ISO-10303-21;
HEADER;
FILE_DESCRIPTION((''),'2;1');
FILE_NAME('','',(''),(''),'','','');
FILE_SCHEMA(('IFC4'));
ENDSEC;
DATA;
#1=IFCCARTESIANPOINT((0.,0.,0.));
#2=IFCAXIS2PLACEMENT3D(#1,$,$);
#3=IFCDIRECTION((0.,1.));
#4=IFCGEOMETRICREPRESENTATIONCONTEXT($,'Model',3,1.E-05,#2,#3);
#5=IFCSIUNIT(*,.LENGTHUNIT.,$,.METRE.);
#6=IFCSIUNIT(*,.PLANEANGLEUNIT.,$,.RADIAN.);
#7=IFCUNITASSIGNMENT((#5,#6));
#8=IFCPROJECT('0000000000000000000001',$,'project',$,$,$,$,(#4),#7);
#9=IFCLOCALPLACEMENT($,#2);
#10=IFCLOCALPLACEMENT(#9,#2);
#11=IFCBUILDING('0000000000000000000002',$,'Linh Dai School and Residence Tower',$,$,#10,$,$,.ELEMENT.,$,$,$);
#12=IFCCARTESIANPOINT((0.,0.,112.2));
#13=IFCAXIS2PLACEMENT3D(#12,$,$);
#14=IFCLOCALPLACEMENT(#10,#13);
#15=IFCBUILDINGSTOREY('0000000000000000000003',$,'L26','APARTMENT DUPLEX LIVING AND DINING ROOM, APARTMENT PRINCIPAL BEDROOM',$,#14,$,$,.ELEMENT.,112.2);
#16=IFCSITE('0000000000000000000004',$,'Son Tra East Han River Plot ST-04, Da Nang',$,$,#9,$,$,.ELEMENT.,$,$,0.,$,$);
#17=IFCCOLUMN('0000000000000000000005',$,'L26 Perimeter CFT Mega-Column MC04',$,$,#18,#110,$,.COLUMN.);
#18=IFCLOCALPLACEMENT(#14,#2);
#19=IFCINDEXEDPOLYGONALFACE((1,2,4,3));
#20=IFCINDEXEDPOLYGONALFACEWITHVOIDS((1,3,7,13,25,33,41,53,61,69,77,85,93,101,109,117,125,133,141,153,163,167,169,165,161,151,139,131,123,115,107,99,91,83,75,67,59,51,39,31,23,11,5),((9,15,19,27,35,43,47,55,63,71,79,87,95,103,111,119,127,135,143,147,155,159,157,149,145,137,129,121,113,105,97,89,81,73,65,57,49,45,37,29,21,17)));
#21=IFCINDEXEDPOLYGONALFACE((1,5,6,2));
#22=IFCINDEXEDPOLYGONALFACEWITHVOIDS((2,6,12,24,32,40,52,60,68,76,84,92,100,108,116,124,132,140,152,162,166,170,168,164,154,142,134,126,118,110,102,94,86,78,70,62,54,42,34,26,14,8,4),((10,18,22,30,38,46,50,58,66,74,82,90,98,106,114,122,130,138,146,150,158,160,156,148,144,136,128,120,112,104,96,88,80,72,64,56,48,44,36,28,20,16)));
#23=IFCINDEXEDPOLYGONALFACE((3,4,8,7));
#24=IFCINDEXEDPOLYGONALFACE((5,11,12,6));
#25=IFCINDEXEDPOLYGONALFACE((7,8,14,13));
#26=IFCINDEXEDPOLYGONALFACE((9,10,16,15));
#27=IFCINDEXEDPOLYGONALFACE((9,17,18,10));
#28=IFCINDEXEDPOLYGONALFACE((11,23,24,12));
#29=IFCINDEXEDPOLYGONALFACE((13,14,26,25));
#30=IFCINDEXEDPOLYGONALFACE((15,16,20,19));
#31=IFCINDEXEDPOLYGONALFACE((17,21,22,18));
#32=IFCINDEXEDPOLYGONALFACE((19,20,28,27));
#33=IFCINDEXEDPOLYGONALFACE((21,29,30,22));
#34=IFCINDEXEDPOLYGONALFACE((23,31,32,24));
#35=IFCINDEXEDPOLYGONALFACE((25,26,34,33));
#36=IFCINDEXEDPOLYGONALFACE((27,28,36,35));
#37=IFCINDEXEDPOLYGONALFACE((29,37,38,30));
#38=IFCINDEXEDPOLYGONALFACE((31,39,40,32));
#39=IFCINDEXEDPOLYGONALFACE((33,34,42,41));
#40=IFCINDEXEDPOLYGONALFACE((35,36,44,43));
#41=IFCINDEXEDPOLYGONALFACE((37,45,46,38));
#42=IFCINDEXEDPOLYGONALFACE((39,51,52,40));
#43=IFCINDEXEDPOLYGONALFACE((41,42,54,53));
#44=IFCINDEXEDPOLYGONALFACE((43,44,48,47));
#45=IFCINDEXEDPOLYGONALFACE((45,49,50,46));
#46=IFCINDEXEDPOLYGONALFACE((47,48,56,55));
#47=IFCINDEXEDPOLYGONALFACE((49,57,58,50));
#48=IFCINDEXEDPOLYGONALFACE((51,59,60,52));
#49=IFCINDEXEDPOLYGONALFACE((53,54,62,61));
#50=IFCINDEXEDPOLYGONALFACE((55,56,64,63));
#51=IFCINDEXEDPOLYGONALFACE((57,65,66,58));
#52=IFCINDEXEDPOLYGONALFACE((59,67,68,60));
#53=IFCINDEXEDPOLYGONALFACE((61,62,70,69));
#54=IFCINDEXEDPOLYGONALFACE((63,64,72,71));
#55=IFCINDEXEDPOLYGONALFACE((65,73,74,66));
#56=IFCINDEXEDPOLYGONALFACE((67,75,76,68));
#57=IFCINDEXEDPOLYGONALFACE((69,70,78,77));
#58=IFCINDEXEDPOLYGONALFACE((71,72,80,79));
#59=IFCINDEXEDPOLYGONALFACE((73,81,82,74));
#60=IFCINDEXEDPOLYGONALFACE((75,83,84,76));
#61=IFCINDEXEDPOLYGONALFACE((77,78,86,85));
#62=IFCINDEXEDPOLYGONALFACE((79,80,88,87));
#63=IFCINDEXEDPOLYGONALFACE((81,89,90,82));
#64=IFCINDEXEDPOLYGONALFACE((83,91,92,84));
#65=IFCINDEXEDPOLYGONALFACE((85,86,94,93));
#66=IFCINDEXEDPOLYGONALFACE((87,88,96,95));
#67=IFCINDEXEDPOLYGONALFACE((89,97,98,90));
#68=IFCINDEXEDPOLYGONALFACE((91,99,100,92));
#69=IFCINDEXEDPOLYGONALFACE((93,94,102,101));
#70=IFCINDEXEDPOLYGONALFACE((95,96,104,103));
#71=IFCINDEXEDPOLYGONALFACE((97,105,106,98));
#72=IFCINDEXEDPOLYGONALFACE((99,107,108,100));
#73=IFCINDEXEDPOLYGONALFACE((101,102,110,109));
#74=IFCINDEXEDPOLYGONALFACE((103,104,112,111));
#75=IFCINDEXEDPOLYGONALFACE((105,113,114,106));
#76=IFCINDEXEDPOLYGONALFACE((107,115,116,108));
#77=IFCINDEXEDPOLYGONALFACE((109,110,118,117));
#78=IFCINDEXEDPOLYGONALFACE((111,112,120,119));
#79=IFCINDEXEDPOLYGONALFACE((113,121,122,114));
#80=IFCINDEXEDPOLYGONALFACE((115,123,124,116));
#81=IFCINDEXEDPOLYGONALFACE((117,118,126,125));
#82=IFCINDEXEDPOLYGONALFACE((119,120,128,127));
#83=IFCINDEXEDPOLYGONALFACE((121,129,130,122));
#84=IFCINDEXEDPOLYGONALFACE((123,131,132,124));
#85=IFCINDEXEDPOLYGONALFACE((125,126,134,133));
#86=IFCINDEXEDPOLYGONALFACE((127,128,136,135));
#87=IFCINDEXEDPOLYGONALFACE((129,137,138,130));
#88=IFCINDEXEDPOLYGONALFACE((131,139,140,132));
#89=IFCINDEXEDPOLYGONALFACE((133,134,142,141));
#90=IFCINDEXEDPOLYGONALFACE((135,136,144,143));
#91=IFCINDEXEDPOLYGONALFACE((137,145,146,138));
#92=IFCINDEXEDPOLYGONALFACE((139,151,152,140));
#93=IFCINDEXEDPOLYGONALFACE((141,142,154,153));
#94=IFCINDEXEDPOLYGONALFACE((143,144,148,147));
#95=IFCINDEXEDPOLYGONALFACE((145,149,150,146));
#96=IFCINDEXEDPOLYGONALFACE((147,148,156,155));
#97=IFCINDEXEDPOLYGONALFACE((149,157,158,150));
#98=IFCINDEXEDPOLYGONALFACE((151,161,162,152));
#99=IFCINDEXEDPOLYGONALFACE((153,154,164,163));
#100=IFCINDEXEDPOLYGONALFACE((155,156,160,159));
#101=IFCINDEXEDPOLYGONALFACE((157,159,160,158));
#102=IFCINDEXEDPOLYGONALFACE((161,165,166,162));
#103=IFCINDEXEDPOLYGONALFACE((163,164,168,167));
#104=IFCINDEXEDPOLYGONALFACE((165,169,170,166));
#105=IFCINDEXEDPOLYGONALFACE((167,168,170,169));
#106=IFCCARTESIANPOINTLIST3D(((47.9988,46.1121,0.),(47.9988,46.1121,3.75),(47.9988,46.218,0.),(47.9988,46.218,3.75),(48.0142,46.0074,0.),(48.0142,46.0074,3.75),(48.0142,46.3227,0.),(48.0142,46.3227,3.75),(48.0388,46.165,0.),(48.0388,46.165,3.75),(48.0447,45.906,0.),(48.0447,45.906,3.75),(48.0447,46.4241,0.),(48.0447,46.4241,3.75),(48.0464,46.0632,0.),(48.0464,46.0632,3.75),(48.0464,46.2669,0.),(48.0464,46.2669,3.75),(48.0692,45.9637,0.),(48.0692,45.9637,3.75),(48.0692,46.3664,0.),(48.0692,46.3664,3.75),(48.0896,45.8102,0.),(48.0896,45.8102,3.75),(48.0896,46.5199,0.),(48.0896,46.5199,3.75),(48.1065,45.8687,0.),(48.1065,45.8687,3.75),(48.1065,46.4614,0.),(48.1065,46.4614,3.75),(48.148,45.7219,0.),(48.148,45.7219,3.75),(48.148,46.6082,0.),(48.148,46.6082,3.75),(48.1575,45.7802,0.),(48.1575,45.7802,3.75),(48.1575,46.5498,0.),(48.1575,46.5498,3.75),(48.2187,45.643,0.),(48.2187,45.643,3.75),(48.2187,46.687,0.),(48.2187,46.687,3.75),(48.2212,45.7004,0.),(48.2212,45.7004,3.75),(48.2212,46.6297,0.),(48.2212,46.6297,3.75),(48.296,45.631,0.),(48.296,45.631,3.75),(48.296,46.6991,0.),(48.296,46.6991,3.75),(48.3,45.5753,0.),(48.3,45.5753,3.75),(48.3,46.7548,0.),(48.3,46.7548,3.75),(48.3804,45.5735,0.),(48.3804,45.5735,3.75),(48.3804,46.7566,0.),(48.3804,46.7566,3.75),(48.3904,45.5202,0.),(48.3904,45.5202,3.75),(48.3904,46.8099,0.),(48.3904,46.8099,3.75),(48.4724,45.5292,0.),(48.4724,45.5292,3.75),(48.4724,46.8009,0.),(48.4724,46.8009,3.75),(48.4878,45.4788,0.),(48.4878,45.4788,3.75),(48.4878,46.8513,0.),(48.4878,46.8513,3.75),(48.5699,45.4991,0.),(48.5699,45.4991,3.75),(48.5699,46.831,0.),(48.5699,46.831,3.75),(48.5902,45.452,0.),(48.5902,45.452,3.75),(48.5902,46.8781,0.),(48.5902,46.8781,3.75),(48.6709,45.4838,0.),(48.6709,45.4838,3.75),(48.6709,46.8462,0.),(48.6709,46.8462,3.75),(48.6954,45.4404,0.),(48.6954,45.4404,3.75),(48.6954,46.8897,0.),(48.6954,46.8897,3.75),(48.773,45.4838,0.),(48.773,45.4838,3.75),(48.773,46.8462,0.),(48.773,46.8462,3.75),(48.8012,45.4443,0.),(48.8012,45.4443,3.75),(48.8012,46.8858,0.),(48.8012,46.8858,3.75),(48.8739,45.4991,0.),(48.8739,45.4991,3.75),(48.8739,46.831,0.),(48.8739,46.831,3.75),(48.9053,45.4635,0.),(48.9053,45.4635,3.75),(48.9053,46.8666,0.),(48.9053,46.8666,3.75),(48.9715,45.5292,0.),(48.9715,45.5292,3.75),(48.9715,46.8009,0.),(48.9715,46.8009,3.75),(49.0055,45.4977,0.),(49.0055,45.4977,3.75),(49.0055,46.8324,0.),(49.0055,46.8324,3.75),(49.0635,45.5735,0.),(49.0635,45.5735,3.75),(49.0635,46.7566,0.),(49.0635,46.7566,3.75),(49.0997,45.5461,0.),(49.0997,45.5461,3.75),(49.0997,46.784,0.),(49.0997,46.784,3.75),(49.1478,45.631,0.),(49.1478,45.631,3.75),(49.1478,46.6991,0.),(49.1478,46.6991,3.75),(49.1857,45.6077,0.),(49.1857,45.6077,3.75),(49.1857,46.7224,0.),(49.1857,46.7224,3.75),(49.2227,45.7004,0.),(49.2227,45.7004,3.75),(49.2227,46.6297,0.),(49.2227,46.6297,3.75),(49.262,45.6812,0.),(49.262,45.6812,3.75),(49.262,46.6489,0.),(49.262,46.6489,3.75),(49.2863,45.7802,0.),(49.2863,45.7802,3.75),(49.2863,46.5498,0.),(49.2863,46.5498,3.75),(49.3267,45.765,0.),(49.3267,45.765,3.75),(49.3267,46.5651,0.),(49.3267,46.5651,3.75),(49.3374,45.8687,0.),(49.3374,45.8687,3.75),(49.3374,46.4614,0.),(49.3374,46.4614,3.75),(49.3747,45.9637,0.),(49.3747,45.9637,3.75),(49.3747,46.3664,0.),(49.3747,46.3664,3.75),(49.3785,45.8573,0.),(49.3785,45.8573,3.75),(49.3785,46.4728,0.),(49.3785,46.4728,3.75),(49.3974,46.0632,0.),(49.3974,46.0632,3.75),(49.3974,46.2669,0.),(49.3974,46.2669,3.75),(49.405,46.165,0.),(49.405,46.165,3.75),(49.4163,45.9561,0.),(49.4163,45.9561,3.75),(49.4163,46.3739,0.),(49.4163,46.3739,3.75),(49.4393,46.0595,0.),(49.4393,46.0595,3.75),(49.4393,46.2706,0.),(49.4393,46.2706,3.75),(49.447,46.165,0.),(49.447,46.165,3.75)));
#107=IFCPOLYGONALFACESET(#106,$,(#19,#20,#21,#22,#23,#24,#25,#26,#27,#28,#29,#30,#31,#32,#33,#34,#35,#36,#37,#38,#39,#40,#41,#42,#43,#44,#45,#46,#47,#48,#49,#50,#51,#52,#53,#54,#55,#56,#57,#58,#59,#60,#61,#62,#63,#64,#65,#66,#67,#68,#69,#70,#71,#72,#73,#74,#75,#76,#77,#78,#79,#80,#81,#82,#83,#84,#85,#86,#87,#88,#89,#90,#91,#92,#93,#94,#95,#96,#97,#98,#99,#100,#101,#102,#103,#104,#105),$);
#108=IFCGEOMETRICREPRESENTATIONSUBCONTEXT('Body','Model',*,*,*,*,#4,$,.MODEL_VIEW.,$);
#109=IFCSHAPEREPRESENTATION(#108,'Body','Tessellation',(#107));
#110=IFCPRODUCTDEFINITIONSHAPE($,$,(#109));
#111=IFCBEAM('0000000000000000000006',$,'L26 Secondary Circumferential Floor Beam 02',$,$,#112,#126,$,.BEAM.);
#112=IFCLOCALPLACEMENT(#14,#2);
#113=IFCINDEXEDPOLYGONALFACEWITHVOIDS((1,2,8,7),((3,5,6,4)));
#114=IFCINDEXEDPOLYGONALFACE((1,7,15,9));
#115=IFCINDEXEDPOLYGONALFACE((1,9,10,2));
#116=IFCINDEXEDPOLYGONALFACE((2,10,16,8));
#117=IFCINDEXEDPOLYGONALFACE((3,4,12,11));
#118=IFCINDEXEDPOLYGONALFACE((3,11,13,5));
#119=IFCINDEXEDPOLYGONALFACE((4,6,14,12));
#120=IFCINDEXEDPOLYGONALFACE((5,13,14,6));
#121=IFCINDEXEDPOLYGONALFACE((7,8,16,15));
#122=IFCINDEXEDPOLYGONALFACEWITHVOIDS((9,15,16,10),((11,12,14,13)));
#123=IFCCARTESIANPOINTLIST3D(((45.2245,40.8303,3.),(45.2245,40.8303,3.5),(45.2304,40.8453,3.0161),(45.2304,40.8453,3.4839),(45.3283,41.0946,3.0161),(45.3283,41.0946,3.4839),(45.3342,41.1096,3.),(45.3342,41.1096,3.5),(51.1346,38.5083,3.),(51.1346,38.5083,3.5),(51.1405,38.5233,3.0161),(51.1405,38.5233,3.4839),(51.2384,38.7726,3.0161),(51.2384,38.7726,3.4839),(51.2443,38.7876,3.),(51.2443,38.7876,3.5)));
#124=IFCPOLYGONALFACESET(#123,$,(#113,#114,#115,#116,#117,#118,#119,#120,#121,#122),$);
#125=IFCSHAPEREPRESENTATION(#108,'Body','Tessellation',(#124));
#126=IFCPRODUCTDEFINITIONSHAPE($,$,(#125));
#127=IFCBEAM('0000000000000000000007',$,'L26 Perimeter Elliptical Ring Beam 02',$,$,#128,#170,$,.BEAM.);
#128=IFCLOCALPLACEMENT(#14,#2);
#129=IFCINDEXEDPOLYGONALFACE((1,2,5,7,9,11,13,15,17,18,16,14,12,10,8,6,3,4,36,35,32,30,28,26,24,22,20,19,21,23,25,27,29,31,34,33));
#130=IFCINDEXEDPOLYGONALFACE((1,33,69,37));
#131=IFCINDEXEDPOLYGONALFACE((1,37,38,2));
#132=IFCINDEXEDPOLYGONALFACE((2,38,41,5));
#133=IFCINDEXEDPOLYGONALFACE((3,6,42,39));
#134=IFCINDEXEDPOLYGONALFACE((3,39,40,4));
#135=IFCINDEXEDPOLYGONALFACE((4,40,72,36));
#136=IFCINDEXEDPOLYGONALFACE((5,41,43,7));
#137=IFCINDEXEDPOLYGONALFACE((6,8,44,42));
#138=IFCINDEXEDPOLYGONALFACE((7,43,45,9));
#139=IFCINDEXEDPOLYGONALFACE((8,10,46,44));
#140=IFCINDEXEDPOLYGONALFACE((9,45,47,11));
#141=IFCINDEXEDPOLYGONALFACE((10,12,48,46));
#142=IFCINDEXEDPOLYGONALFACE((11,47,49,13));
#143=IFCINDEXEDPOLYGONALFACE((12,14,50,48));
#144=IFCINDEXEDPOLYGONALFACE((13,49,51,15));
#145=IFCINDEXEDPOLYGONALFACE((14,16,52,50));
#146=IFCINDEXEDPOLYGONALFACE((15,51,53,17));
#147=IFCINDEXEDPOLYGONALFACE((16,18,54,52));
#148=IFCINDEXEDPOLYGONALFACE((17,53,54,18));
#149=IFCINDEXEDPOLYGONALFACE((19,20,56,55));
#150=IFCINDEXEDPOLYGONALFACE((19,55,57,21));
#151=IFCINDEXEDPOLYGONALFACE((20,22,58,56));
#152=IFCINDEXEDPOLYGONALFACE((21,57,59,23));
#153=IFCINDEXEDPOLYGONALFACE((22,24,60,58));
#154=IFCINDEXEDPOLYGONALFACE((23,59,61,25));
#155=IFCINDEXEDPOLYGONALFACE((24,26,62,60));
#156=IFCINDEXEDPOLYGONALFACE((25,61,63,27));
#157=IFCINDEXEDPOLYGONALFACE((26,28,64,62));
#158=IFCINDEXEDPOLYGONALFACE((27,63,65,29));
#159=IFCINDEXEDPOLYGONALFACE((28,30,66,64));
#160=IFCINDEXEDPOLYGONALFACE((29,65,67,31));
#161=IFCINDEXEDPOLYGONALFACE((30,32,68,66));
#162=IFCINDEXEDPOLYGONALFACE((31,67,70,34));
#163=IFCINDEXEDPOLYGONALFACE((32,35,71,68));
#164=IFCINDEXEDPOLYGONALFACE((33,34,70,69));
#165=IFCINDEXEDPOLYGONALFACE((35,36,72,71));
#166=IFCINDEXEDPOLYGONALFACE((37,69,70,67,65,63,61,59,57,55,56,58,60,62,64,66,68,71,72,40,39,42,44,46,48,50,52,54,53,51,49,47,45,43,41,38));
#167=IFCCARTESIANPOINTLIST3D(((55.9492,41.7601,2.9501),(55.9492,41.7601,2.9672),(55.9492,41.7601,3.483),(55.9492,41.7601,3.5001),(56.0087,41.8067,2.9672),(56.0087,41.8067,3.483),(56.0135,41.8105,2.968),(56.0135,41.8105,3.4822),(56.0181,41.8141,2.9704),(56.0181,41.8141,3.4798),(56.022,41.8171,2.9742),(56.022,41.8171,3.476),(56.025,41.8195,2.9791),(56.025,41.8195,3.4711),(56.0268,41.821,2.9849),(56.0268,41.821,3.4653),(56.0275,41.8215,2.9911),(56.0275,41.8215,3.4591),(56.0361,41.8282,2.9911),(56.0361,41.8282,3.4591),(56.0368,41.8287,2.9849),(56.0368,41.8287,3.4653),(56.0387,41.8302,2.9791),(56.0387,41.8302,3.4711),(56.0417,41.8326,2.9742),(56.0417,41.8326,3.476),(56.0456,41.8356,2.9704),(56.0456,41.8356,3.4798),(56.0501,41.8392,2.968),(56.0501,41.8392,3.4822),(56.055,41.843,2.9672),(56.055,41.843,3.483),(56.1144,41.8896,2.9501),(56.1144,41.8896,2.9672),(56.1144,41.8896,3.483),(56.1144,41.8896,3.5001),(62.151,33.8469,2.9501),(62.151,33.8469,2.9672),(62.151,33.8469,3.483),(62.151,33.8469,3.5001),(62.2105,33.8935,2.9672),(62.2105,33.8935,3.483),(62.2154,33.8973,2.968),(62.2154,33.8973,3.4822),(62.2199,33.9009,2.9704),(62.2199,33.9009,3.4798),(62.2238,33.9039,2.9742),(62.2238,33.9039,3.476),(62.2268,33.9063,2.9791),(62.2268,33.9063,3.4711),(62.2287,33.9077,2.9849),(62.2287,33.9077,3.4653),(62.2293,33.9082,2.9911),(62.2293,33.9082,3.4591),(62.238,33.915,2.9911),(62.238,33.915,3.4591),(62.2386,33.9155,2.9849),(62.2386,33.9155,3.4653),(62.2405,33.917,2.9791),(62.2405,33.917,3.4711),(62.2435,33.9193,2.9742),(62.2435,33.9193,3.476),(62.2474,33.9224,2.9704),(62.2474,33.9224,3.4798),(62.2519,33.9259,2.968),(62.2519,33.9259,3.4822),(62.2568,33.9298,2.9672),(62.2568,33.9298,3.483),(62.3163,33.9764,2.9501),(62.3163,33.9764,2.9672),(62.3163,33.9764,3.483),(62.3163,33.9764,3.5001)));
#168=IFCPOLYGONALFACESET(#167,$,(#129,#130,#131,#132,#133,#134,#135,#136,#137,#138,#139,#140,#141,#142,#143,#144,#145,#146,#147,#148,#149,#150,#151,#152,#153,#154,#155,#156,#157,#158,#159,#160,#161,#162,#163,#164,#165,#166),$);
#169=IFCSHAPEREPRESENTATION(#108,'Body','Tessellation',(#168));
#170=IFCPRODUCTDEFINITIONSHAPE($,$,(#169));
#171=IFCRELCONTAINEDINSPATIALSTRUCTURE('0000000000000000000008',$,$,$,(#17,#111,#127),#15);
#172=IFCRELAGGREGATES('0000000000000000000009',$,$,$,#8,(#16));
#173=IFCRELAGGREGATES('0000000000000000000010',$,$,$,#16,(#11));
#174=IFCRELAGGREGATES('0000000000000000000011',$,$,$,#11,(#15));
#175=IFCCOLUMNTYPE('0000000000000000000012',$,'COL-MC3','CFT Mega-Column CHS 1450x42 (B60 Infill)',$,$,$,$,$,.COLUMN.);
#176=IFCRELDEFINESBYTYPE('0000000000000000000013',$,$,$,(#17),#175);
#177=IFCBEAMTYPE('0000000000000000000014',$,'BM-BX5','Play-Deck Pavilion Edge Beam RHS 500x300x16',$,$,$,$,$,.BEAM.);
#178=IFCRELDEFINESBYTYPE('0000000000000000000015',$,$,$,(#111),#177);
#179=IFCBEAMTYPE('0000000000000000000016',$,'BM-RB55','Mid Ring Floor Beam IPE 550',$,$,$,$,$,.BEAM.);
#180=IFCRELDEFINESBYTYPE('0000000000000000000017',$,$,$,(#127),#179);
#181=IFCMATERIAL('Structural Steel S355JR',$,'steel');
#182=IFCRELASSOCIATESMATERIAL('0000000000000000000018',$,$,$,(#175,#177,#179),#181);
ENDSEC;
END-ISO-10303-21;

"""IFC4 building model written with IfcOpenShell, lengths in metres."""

from ifc_helpers import new_model, si_unit, direction, frame, origin, origin_2d, place, context, subcontext, project, spatial, hollow_rectangle, hollow_circle, i_section, extrude, material, material_profile, profile_set, type_object, element, save


model = new_model("IFC4")

# Units and contexts
model_context = context("Model", 3, precision=1e-05, world=origin(), true_north=direction((0.0, 1.0)))
body_context = subcontext(model_context, "Body", "Model", "MODEL_VIEW")
ifc_project = project(units=[si_unit("LENGTHUNIT", "METRE"), si_unit("PLANEANGLEUNIT", "RADIAN")], contexts=[model_context])

# Site, building, storey
site_placement = place(None, origin())
site = spatial("IfcSite", under=ifc_project, at=site_placement, Name="Son Tra East Han River Plot ST-04, Da Nang", CompositionType="ELEMENT", RefElevation=0.0)
building_placement = place(site_placement, origin())
building = spatial("IfcBuilding", under=site, at=building_placement, Name="Linh Dai School and Residence Tower", CompositionType="ELEMENT")
storey_placement = place(building_placement, frame((0.0, 0.0, 112.2)))
storey = spatial("IfcBuildingStorey", under=building, at=storey_placement, Name="L26", Description="APARTMENT DUPLEX LIVING AND DINING ROOM, APARTMENT PRINCIPAL BEDROOM", CompositionType="ELEMENT", Elevation=112.2)

# Column
ifc_material_1 = material(Name="Structural Steel S355JR", Category="steel")
ifc_material_profile_1 = material_profile(ifc_material_1, hollow_circle(Radius=0.7251, WallThickness=0.042, at=origin_2d()), Name="CHS 1450x42")
ifc_profile_set_1 = profile_set([ifc_material_profile_1], Name="Structural Steel S355JR")
column_type_1 = type_object("IfcColumnType", Name="COL-MC3", Description="CFT Mega-Column CHS 1450x42 (B60 Infill)", PredefinedType="COLUMN", material=ifc_profile_set_1)
for number, where, z_axis, x_axis, name in (
    (1, (48.7219, 46.165, 0.0), (0.0, 0.0, 1.0), (1.0, 0.0, 0.0), "L26 Perimeter CFT Mega-Column MC04"),
):
    element("IfcColumn", number, at=place(storey_placement, frame(where, z_axis=z_axis, x_axis=x_axis)), inside=storey, type_object=column_type_1, Name=name, PredefinedType="COLUMN", context=body_context, shape_type="SweptSolid", body=[
        extrude(hollow_circle(Radius=0.7251, WallThickness=0.042, at=origin_2d()), origin(), (0.0, 0.0, 1.0), 3.75),
    ])

# Beams
ifc_material_profile_2 = material_profile(ifc_material_1, hollow_rectangle(XDim=0.3, YDim=0.5, WallThickness=0.0161, at=origin_2d()), Name="RHS 500x300x16")
ifc_profile_set_2 = profile_set([ifc_material_profile_2], Name="Structural Steel S355JR")
beam_type_1 = type_object("IfcBeamType", Name="BM-BX5", Description="Play-Deck Pavilion Edge Beam RHS 500x300x16", PredefinedType="BEAM", material=ifc_profile_set_2)
beam_1_placement = place(storey_placement, frame((51.1895, 38.6479, 3.25), z_axis=(-0.930742, 0.365676, 0.0), x_axis=(-0.365676, -0.930742, 0.0)))
element("IfcBeam", 2, at=beam_1_placement, inside=storey, type_object=beam_type_1, Name="L26 Secondary Circumferential Floor Beam 02", PredefinedType="BEAM", context=body_context, shape_type="SweptSolid", body=[
    extrude(hollow_rectangle(XDim=0.3, YDim=0.5, WallThickness=0.0161, at=origin_2d()), origin(), (0.0, 0.0, 1.0), 6.3499),
])
ifc_material_profile_3 = material_profile(ifc_material_1, i_section(OverallWidth=0.21, OverallDepth=0.55, WebThickness=0.011, FlangeThickness=0.0171, FilletRadius=0.0239, at=origin_2d()), Name="IPE 550")
ifc_profile_set_3 = profile_set([ifc_material_profile_3], Name="Structural Steel S355JR")
beam_type_2 = type_object("IfcBeamType", Name="BM-RB55", Description="Mid Ring Floor Beam IPE 550", PredefinedType="BEAM", material=ifc_profile_set_3)
beam_2_placement = place(storey_placement, frame((62.2336, 33.9116, 3.2251), z_axis=(-0.616855, 0.787077, 0.0), x_axis=(-0.787077, -0.616855, 0.0)))
element("IfcBeam", 3, at=beam_2_placement, inside=storey, type_object=beam_type_2, Name="L26 Perimeter Elliptical Ring Beam 02", PredefinedType="BEAM", context=body_context, shape_type="SweptSolid", body=[
    extrude(i_section(OverallWidth=0.21, OverallDepth=0.55, WebThickness=0.011, FlangeThickness=0.0171, FilletRadius=0.0239, at=origin_2d()), origin(), (0.0, 0.0, 1.0), 10.054),
])

save(model, "model.ifc")
